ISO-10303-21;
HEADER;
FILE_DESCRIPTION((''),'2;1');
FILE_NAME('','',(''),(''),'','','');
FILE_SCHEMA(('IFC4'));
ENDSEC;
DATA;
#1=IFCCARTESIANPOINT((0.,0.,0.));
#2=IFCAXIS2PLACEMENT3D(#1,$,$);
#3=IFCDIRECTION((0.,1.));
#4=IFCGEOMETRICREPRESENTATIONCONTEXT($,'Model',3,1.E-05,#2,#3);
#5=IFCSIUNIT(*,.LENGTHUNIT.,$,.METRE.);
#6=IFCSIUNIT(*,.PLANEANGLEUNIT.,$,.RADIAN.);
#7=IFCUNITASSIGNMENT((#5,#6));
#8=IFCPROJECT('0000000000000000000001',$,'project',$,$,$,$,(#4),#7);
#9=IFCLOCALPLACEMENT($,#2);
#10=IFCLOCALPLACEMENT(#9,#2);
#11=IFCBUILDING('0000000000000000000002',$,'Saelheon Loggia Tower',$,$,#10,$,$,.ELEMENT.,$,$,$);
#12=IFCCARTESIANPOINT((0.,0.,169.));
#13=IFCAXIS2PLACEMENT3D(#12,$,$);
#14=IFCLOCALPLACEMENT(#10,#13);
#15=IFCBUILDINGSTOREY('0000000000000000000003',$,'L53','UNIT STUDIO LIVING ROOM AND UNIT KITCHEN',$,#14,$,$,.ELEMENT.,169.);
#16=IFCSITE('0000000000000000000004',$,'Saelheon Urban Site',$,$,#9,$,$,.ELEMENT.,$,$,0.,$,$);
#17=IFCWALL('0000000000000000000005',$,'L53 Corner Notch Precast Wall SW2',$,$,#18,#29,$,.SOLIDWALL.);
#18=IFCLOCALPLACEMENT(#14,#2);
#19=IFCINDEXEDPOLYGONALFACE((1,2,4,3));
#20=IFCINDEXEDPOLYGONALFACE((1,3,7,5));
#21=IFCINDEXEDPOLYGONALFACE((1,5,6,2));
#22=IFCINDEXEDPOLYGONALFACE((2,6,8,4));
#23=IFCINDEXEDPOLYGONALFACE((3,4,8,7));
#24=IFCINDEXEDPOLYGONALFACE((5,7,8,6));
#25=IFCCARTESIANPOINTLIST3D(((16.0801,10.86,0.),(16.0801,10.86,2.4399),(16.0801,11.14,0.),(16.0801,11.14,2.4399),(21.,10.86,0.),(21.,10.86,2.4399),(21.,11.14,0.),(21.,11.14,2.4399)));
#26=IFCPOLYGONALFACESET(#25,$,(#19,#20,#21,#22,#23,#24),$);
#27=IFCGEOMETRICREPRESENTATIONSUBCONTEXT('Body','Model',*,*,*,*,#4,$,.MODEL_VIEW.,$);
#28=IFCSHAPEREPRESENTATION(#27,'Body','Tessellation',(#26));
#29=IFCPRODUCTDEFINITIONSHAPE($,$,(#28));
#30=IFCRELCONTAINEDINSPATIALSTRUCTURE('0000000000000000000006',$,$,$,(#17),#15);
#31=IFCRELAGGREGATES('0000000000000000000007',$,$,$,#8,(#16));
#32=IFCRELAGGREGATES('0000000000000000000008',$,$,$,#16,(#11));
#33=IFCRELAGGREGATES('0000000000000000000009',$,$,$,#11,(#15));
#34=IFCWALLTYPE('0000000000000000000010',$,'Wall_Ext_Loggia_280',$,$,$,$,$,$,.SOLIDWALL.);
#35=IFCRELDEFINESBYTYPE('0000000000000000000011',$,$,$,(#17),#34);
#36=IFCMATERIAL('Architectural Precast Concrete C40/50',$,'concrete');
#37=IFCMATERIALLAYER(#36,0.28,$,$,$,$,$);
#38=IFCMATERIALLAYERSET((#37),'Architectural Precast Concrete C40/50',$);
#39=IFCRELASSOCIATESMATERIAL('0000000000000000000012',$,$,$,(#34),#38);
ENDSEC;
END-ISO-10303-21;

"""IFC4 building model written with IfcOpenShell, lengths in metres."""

from ifc_helpers import new_model, si_unit, direction, frame, frame_2d, origin, place, context, subcontext, project, spatial, rectangle, extrude, material, layer, layer_set, type_object, element, save


model = new_model("IFC4")

# Units and contexts
model_context = context("Model", 3, precision=1e-05, world=origin(), true_north=direction((0.0, 1.0)))
body_context = subcontext(model_context, "Body", "Model", "MODEL_VIEW")
ifc_project = project(units=[si_unit("LENGTHUNIT", "METRE"), si_unit("PLANEANGLEUNIT", "RADIAN")], contexts=[model_context])

# Site, building, storey
site_placement = place(None, origin())
site = spatial("IfcSite", under=ifc_project, at=site_placement, Name="Saelheon Urban Site", CompositionType="ELEMENT", RefElevation=0.0)
building_placement = place(site_placement, origin())
building = spatial("IfcBuilding", under=site, at=building_placement, Name="Saelheon Loggia Tower", CompositionType="ELEMENT")
storey_placement = place(building_placement, frame((0.0, 0.0, 169.0)))
storey = spatial("IfcBuildingStorey", under=building, at=storey_placement, Name="L53", Description="UNIT STUDIO LIVING ROOM AND UNIT KITCHEN", CompositionType="ELEMENT", Elevation=169.0)

# Wall
ifc_material_1 = material(Name="Architectural Precast Concrete C40/50", Category="concrete")
ifc_layer_1 = layer(ifc_material_1, 0.28)
ifc_layer_set_1 = layer_set([ifc_layer_1], Name="Architectural Precast Concrete C40/50")
wall_type = type_object("IfcWallType", Name="Wall_Ext_Loggia_280", PredefinedType="SOLIDWALL", material=ifc_layer_set_1)
wall_placement = place(storey_placement, frame((16.0801, 11.0, 0.0), z_axis=(0.0, 0.0, 1.0), x_axis=(1.0, 0.0, 0.0)))
element("IfcWall", 1, at=wall_placement, inside=storey, type_object=wall_type, Name="L53 Corner Notch Precast Wall SW2", PredefinedType="SOLIDWALL", context=body_context, shape_type="SweptSolid", body=[
    extrude(rectangle(XDim=4.9199, YDim=0.28, at=frame_2d((2.46, 0.0))), origin(), (0.0, 0.0, 1.0), 2.4399),
])

save(model, "model.ifc")
